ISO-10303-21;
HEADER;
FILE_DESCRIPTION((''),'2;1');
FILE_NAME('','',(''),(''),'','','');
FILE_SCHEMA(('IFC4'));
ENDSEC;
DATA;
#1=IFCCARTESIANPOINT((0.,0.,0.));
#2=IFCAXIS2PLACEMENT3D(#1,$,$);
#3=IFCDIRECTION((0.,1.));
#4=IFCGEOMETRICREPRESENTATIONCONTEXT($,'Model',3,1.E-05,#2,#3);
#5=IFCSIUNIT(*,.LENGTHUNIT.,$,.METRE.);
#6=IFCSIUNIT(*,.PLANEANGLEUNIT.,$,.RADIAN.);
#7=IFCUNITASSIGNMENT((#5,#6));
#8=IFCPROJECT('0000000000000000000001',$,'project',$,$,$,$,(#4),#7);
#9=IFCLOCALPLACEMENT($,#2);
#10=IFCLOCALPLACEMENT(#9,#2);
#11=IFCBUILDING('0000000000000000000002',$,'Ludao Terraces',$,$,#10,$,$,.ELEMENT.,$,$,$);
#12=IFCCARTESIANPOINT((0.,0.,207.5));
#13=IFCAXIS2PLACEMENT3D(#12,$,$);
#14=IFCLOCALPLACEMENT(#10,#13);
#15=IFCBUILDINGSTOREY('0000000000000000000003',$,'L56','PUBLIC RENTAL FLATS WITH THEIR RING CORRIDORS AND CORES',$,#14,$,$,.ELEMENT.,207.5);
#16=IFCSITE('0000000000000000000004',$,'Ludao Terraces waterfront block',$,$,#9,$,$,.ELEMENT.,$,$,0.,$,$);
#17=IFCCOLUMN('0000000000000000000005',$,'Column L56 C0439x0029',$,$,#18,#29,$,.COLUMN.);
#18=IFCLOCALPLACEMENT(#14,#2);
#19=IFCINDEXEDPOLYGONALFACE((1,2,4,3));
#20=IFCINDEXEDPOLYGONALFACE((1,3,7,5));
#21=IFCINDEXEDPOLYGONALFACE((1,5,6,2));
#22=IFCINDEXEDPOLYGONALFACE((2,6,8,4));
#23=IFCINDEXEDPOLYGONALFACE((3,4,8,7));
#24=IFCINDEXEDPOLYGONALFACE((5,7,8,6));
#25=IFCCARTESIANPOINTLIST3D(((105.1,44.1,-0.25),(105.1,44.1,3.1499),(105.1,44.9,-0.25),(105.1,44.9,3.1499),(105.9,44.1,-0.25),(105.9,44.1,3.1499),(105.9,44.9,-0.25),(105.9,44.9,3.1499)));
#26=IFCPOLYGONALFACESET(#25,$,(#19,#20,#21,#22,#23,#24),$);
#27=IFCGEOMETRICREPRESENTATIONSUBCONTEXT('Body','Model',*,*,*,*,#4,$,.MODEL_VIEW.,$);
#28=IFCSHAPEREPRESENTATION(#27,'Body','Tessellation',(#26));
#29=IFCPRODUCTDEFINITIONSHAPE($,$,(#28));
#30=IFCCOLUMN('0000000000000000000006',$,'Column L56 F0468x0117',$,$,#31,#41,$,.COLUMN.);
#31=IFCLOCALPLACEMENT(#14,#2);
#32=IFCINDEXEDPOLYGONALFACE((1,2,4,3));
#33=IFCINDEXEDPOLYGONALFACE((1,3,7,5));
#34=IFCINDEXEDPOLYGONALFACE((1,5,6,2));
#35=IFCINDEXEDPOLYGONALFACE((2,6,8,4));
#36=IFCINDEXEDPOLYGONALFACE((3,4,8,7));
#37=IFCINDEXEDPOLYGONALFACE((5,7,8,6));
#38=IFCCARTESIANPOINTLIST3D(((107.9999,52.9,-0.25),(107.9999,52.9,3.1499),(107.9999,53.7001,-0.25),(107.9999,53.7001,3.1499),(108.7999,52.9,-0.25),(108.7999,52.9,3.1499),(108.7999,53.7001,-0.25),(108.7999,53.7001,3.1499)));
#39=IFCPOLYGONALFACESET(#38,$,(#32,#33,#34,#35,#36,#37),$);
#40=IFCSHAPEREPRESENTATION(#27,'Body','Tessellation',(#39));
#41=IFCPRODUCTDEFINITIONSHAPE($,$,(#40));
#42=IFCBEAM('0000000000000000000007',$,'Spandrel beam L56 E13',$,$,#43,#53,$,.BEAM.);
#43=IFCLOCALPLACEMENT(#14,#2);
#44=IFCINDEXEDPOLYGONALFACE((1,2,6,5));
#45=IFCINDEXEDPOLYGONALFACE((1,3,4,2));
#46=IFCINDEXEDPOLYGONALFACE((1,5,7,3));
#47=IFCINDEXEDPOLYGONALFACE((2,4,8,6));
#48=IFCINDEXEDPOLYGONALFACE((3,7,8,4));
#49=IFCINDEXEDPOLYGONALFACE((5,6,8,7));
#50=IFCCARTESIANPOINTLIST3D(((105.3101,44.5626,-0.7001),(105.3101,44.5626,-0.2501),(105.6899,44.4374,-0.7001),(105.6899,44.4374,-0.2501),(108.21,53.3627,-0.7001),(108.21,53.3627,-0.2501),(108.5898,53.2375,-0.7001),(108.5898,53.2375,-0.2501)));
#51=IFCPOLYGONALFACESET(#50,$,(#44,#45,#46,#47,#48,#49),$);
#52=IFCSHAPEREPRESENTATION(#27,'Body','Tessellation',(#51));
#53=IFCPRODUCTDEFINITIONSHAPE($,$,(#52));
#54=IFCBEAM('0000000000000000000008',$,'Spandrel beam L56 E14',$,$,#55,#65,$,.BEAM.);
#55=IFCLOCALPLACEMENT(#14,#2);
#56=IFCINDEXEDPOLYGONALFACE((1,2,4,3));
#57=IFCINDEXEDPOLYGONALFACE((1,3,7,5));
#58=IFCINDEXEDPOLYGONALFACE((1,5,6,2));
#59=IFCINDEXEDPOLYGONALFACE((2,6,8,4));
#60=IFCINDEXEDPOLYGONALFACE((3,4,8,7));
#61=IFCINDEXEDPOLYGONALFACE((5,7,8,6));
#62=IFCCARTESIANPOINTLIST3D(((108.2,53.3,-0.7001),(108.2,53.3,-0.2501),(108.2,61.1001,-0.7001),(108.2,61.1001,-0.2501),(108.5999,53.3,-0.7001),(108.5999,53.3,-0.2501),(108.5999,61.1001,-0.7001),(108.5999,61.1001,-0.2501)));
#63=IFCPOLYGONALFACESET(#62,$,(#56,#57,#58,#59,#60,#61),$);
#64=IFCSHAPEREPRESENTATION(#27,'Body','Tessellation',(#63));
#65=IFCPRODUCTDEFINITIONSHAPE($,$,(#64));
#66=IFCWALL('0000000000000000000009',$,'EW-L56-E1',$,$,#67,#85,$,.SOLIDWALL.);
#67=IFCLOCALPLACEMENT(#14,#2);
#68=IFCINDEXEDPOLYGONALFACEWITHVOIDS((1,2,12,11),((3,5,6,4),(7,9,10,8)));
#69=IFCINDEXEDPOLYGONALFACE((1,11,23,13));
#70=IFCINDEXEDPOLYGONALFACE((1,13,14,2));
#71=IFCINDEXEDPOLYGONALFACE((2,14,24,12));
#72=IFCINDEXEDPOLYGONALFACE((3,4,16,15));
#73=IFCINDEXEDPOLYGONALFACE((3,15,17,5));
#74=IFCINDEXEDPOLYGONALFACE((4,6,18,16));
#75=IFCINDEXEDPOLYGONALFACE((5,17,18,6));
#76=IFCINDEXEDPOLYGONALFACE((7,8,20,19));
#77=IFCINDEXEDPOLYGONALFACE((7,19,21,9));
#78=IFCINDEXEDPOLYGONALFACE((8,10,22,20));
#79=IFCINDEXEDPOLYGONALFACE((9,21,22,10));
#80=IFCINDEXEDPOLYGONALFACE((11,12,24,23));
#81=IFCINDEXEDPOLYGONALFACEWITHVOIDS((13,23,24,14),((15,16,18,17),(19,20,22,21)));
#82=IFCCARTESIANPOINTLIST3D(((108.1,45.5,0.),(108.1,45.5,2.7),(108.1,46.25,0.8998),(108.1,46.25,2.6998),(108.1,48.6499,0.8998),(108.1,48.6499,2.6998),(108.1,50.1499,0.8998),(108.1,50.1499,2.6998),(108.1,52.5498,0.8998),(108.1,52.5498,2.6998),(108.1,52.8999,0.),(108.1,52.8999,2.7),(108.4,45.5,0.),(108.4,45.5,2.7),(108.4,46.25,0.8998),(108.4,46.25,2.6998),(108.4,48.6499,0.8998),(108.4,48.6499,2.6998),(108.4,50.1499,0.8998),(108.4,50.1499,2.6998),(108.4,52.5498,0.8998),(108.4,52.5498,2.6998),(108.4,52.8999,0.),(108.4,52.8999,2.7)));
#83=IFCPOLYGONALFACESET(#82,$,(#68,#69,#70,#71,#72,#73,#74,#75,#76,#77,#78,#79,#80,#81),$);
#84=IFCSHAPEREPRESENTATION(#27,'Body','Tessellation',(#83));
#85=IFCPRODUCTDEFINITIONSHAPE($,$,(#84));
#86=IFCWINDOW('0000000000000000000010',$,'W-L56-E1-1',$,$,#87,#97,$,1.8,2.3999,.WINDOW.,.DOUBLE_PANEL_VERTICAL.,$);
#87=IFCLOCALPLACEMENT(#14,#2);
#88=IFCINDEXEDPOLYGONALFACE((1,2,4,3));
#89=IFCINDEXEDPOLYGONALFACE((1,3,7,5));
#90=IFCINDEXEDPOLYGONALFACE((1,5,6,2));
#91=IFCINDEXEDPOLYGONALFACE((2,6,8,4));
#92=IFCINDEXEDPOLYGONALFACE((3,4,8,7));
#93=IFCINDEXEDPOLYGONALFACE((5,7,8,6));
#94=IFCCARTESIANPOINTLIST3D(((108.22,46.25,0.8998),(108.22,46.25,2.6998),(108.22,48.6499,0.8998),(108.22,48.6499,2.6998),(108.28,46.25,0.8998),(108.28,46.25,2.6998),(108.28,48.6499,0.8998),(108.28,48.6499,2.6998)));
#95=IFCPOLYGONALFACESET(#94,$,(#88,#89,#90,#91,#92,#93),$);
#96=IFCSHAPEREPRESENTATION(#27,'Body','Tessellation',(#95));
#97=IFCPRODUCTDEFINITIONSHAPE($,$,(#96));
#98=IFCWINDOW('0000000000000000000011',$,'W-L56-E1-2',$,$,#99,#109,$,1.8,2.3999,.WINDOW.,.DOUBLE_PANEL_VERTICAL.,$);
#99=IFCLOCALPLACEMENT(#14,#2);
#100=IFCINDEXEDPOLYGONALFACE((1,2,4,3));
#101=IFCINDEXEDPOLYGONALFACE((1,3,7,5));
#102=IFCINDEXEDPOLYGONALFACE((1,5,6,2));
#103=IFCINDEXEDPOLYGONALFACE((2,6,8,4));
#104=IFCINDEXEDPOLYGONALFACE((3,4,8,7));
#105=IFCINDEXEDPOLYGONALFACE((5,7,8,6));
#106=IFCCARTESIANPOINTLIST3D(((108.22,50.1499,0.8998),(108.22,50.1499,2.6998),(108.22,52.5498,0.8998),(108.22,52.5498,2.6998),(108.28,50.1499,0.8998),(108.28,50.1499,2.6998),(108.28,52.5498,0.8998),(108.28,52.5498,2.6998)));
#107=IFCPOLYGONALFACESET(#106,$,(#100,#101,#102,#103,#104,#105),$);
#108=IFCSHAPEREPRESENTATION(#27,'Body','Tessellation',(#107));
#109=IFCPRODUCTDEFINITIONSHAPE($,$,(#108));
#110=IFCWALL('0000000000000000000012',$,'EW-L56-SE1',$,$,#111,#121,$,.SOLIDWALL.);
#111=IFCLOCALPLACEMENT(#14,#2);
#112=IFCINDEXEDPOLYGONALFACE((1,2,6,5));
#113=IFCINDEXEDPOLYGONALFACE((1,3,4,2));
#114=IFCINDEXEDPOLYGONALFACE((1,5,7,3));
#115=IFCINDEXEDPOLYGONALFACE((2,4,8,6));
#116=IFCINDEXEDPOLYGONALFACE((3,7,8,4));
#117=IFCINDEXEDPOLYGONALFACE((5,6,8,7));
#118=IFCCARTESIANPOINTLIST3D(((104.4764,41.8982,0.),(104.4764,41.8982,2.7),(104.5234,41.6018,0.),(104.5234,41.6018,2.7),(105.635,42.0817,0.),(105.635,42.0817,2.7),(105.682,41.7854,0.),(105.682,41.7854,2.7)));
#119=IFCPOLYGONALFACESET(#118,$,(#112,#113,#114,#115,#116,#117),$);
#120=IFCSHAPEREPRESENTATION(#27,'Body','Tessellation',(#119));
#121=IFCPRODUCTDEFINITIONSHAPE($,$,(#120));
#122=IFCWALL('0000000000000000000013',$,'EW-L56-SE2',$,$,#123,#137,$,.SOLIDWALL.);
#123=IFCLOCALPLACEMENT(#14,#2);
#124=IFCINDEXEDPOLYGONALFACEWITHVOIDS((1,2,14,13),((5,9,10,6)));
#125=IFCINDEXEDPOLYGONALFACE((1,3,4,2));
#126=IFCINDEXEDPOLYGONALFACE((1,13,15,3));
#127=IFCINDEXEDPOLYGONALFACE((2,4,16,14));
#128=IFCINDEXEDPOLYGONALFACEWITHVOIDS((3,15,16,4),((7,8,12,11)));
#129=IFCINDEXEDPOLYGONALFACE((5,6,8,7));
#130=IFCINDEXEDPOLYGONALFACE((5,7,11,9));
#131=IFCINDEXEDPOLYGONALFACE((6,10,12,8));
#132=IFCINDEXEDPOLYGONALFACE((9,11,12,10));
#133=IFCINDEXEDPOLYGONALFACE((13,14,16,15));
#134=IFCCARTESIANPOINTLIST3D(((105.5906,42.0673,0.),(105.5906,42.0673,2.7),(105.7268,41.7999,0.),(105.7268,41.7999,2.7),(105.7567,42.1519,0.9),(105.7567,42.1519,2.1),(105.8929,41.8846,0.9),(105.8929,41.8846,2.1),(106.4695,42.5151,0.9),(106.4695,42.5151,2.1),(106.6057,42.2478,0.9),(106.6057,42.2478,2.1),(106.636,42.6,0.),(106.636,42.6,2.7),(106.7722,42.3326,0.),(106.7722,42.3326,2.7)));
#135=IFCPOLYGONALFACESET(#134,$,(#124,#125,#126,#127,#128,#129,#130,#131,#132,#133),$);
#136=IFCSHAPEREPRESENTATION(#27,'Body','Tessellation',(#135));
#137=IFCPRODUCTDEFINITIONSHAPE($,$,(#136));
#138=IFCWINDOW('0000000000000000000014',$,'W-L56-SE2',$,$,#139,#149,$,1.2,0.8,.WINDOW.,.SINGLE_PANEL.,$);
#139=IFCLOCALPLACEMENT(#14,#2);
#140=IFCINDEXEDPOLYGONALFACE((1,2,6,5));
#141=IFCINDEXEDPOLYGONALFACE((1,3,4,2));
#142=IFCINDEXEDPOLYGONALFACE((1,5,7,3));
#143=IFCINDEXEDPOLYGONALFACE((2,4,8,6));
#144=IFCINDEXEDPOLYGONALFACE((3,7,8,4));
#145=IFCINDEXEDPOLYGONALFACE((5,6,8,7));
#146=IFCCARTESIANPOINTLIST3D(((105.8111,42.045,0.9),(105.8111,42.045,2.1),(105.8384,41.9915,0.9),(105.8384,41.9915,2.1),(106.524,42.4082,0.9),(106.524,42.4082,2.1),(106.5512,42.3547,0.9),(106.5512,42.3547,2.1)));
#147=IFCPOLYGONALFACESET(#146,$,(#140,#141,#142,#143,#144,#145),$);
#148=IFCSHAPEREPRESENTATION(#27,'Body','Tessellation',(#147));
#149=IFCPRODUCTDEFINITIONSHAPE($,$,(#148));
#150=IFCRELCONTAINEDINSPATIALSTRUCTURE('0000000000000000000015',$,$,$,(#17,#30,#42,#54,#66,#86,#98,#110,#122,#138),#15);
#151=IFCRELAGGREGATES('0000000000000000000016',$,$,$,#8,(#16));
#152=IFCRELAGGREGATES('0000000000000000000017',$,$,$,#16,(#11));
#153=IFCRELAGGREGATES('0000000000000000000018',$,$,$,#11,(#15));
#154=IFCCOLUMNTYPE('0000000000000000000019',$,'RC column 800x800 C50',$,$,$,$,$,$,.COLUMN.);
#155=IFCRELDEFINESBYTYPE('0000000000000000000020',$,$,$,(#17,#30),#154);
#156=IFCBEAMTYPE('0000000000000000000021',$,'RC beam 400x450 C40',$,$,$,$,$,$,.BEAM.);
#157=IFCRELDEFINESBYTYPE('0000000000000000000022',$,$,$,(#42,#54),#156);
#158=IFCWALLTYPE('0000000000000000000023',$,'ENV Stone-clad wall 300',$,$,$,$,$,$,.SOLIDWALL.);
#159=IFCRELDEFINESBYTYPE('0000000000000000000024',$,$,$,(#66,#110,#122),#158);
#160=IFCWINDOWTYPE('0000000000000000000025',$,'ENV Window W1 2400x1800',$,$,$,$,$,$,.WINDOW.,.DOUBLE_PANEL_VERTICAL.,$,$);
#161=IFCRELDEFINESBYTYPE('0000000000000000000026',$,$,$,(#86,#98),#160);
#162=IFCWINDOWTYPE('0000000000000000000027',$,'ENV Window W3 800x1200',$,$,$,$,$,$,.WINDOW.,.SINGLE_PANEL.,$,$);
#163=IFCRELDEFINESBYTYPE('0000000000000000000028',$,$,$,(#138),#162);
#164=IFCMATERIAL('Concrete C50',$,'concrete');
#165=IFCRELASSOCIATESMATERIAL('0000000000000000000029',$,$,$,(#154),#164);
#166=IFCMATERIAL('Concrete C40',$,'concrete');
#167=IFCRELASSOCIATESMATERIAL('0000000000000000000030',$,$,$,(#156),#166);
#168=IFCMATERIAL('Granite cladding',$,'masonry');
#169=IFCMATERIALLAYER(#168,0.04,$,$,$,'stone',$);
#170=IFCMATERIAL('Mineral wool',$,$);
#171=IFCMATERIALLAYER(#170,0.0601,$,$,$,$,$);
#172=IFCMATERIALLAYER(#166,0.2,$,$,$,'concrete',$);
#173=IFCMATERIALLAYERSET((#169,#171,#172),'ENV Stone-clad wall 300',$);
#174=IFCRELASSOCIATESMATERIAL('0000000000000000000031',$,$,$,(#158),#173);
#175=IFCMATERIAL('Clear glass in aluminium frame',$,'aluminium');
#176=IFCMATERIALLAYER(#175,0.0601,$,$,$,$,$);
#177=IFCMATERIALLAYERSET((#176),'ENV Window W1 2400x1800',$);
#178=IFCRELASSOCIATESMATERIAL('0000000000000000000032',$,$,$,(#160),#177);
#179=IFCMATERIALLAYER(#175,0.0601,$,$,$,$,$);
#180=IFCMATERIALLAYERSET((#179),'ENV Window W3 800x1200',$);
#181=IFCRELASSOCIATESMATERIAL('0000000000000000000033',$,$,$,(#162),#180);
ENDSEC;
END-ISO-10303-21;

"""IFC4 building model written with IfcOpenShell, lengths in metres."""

from ifc_helpers import new_model, si_unit, direction, frame, frame_2d, origin, origin_2d, place, context, subcontext, project, spatial, rectangle, extrude, material, layer, layer_set, material_profile, profile_set, type_object, element, fill, save


model = new_model("IFC4")

# Units and contexts
model_context = context("Model", 3, precision=1e-05, world=origin(), true_north=direction((0.0, 1.0)))
body_context = subcontext(model_context, "Body", "Model", "MODEL_VIEW")
ifc_project = project(units=[si_unit("LENGTHUNIT", "METRE"), si_unit("PLANEANGLEUNIT", "RADIAN")], contexts=[model_context])

# Site, building, storey
site_placement = place(None, origin())
site = spatial("IfcSite", under=ifc_project, at=site_placement, Name="Ludao Terraces waterfront block", CompositionType="ELEMENT", RefElevation=0.0)
building_placement = place(site_placement, origin())
building = spatial("IfcBuilding", under=site, at=building_placement, Name="Ludao Terraces", CompositionType="ELEMENT")
storey_placement = place(building_placement, frame((0.0, 0.0, 207.5)))
storey = spatial("IfcBuildingStorey", under=building, at=storey_placement, Name="L56", Description="PUBLIC RENTAL FLATS WITH THEIR RING CORRIDORS AND CORES", CompositionType="ELEMENT", Elevation=207.5)

# Columns
ifc_material_1 = material(Name="Concrete C50", Category="concrete")
ifc_material_profile_1 = material_profile(ifc_material_1, rectangle(XDim=0.8, YDim=0.8, at=origin_2d()), Name="800 X 800")
ifc_profile_set_1 = profile_set([ifc_material_profile_1], Name="Concrete C50")
column_type = type_object("IfcColumnType", Name="RC column 800x800 C50", PredefinedType="COLUMN", material=ifc_profile_set_1)
for number, where, z_axis, x_axis, name in (
    (1, (105.5, 44.5, -0.25), (0.0, 0.0, 1.0), (1.0, 0.0, 0.0), "Column L56 C0439x0029"),
    (2, (108.3999, 53.3, -0.25), (0.0, 0.0, 1.0), (1.0, 0.0, 0.0), "Column L56 F0468x0117"),
):
    element("IfcColumn", number, at=place(storey_placement, frame(where, z_axis=z_axis, x_axis=x_axis)), inside=storey, type_object=column_type, Name=name, PredefinedType="COLUMN", context=body_context, shape_type="SweptSolid", body=[
        extrude(rectangle(XDim=0.8, YDim=0.8, at=origin_2d()), origin(), (0.0, 0.0, 1.0), 3.3999),
    ])

# Beams
ifc_material_2 = material(Name="Concrete C40", Category="concrete")
ifc_material_profile_2 = material_profile(ifc_material_2, rectangle(XDim=0.3999, YDim=0.45, at=origin_2d()), Name="400 X 450")
ifc_profile_set_2 = profile_set([ifc_material_profile_2], Name="Concrete C40")
beam_type = type_object("IfcBeamType", Name="RC beam 400x450 C40", PredefinedType="BEAM", material=ifc_profile_set_2)
beam_1_placement = place(storey_placement, frame((105.5, 44.5, -0.4751), z_axis=(0.312977, 0.949761, 0.0), x_axis=(-0.949761, 0.312977, 0.0)))
element("IfcBeam", 3, at=beam_1_placement, inside=storey, type_object=beam_type, Name="Spandrel beam L56 E13", PredefinedType="BEAM", context=body_context, shape_type="SweptSolid", body=[
    extrude(rectangle(XDim=0.3999, YDim=0.45, at=origin_2d()), origin(), (0.0, 0.0, 1.0), 9.2656),
])
beam_2_placement = place(storey_placement, frame((108.3999, 53.3, -0.4751), z_axis=(0.0, 1.0, 0.0), x_axis=(-1.0, 0.0, 0.0)))
element("IfcBeam", 4, at=beam_2_placement, inside=storey, type_object=beam_type, Name="Spandrel beam L56 E14", PredefinedType="BEAM", context=body_context, shape_type="SweptSolid", body=[
    extrude(rectangle(XDim=0.3999, YDim=0.45, at=origin_2d()), origin(), (0.0, 0.0, 1.0), 7.8),
])

# Wall, openings, windows
ifc_material_3 = material(Name="Granite cladding", Category="masonry")
ifc_layer_1 = layer(ifc_material_3, 0.04, Category="stone")
ifc_material_4 = material(Name="Mineral wool")
ifc_layer_2 = layer(ifc_material_4, 0.0601)
ifc_layer_3 = layer(ifc_material_2, 0.2, Category="concrete")
ifc_layer_set_1 = layer_set([ifc_layer_1, ifc_layer_2, ifc_layer_3], Name="ENV Stone-clad wall 300")
wall_type_1 = type_object("IfcWallType", Name="ENV Stone-clad wall 300", PredefinedType="SOLIDWALL", material=ifc_layer_set_1)
wall_1_placement = place(storey_placement, frame((108.25, 45.5, 0.0), z_axis=(0.0, 0.0, 1.0), x_axis=(0.0, 1.0, 0.0)))
wall_1 = element("IfcWall", 5, at=wall_1_placement, inside=storey, type_object=wall_type_1, Name="EW-L56-E1", PredefinedType="SOLIDWALL", context=body_context, shape_type="SweptSolid", body=[
    extrude(rectangle(XDim=7.3999, YDim=0.3, at=frame_2d((3.7, 0.0))), origin(), (0.0, 0.0, 1.0), 2.7),
])
opening_1_placement = place(wall_1_placement, frame((0.75, 0.0, 0.8999)))
opening_1 = element("IfcOpeningElement", 6, at=opening_1_placement, cuts=wall_1, PredefinedType="OPENING", context=body_context, shape_type="SweptSolid", body=[
    extrude(rectangle(XDim=2.3999, YDim=1.8, at=frame_2d((1.2, 0.8999))), frame((0.0, 0.1602, 0.0), z_axis=(0.0, -1.0, 0.0), x_axis=(1.0, 0.0, 0.0)), (0.0, 0.0, 1.0), 0.3201),
])
opening_2_placement = place(wall_1_placement, frame((4.6499, 0.0, 0.8999)))
opening_2 = element("IfcOpeningElement", 7, at=opening_2_placement, cuts=wall_1, PredefinedType="OPENING", context=body_context, shape_type="SweptSolid", body=[
    extrude(rectangle(XDim=2.3999, YDim=1.8, at=frame_2d((1.2, 0.8999))), frame((0.0, 0.1602, 0.0), z_axis=(0.0, -1.0, 0.0), x_axis=(1.0, 0.0, 0.0)), (0.0, 0.0, 1.0), 0.3201),
])
ifc_material_5 = material(Name="Clear glass in aluminium frame", Category="aluminium")
ifc_layer_4 = layer(ifc_material_5, 0.0601)
ifc_layer_set_2 = layer_set([ifc_layer_4], Name="ENV Window W1 2400x1800")
window_type_1 = type_object("IfcWindowType", Name="ENV Window W1 2400x1800", PartitioningType="DOUBLE_PANEL_VERTICAL", PredefinedType="WINDOW", material=ifc_layer_set_2)
window_1_placement = place(opening_1_placement, origin())
window_1 = element("IfcWindow", 8, at=window_1_placement, inside=storey, type_object=window_type_1, Name="W-L56-E1-1", OverallHeight=1.8, OverallWidth=2.3999, PartitioningType="DOUBLE_PANEL_VERTICAL", PredefinedType="WINDOW", context=body_context, shape_type="SweptSolid", body=[
    extrude(rectangle(XDim=2.3999, YDim=1.8, at=frame_2d((1.2, 0.8999))), frame((0.0, 0.03, 0.0), z_axis=(0.0, -1.0, 0.0), x_axis=(1.0, 0.0, 0.0)), (0.0, 0.0, 1.0), 0.0601),
])
fill(opening_1, window_1)
window_2_placement = place(opening_2_placement, origin())
window_2 = element("IfcWindow", 9, at=window_2_placement, inside=storey, type_object=window_type_1, Name="W-L56-E1-2", OverallHeight=1.8, OverallWidth=2.3999, PartitioningType="DOUBLE_PANEL_VERTICAL", PredefinedType="WINDOW", context=body_context, shape_type="SweptSolid", body=[
    extrude(rectangle(XDim=2.3999, YDim=1.8, at=frame_2d((1.2, 0.8999))), frame((0.0, 0.03, 0.0), z_axis=(0.0, -1.0, 0.0), x_axis=(1.0, 0.0, 0.0)), (0.0, 0.0, 1.0), 0.0601),
])
fill(opening_2, window_2)

# Wall
wall_2_placement = place(storey_placement, frame((104.5, 41.75, 0.0), z_axis=(0.0, 0.0, 1.0), x_axis=(0.987678, 0.156497, 0.0)))
element("IfcWall", 10, at=wall_2_placement, inside=storey, type_object=wall_type_1, Name="EW-L56-SE1", PredefinedType="SOLIDWALL", context=body_context, shape_type="SweptSolid", body=[
    extrude(rectangle(XDim=1.1731, YDim=0.3, at=frame_2d((0.5864, 0.0))), origin(), (0.0, 0.0, 1.0), 2.7),
])

# Wall, opening, window
wall_3_placement = place(storey_placement, frame((105.6587, 41.9336, 0.0), z_axis=(0.0, 0.0, 1.0), x_axis=(0.890989, 0.454026, 0.0)))
wall_3 = element("IfcWall", 11, at=wall_3_placement, inside=storey, type_object=wall_type_1, Name="EW-L56-SE2", PredefinedType="SOLIDWALL", context=body_context, shape_type="SweptSolid", body=[
    extrude(rectangle(XDim=1.1733, YDim=0.3, at=frame_2d((0.5867, 0.0))), origin(), (0.0, 0.0, 1.0), 2.7),
])
opening_3_placement = place(wall_3_placement, frame((0.1865, 0.0, 0.8999)))
opening_3 = element("IfcOpeningElement", 12, at=opening_3_placement, cuts=wall_3, PredefinedType="OPENING", context=body_context, shape_type="SweptSolid", body=[
    extrude(rectangle(XDim=0.8, YDim=1.2, at=frame_2d((0.3999, 0.6001))), frame((0.0, 0.1602, 0.0), z_axis=(0.0, -1.0, 0.0), x_axis=(1.0, 0.0, 0.0)), (0.0, 0.0, 1.0), 0.3201),
])
ifc_layer_5 = layer(ifc_material_5, 0.0601)
ifc_layer_set_3 = layer_set([ifc_layer_5], Name="ENV Window W3 800x1200")
window_type_2 = type_object("IfcWindowType", Name="ENV Window W3 800x1200", PartitioningType="SINGLE_PANEL", PredefinedType="WINDOW", material=ifc_layer_set_3)
window_3_placement = place(opening_3_placement, origin())
window_3 = element("IfcWindow", 13, at=window_3_placement, inside=storey, type_object=window_type_2, Name="W-L56-SE2", OverallHeight=1.2, OverallWidth=0.8, PartitioningType="SINGLE_PANEL", PredefinedType="WINDOW", context=body_context, shape_type="SweptSolid", body=[
    extrude(rectangle(XDim=0.8, YDim=1.2, at=frame_2d((0.3999, 0.6001))), frame((0.0, 0.03, 0.0), z_axis=(0.0, -1.0, 0.0), x_axis=(1.0, 0.0, 0.0)), (0.0, 0.0, 1.0), 0.0601),
])
fill(opening_3, window_3)

save(model, "model.ifc")
